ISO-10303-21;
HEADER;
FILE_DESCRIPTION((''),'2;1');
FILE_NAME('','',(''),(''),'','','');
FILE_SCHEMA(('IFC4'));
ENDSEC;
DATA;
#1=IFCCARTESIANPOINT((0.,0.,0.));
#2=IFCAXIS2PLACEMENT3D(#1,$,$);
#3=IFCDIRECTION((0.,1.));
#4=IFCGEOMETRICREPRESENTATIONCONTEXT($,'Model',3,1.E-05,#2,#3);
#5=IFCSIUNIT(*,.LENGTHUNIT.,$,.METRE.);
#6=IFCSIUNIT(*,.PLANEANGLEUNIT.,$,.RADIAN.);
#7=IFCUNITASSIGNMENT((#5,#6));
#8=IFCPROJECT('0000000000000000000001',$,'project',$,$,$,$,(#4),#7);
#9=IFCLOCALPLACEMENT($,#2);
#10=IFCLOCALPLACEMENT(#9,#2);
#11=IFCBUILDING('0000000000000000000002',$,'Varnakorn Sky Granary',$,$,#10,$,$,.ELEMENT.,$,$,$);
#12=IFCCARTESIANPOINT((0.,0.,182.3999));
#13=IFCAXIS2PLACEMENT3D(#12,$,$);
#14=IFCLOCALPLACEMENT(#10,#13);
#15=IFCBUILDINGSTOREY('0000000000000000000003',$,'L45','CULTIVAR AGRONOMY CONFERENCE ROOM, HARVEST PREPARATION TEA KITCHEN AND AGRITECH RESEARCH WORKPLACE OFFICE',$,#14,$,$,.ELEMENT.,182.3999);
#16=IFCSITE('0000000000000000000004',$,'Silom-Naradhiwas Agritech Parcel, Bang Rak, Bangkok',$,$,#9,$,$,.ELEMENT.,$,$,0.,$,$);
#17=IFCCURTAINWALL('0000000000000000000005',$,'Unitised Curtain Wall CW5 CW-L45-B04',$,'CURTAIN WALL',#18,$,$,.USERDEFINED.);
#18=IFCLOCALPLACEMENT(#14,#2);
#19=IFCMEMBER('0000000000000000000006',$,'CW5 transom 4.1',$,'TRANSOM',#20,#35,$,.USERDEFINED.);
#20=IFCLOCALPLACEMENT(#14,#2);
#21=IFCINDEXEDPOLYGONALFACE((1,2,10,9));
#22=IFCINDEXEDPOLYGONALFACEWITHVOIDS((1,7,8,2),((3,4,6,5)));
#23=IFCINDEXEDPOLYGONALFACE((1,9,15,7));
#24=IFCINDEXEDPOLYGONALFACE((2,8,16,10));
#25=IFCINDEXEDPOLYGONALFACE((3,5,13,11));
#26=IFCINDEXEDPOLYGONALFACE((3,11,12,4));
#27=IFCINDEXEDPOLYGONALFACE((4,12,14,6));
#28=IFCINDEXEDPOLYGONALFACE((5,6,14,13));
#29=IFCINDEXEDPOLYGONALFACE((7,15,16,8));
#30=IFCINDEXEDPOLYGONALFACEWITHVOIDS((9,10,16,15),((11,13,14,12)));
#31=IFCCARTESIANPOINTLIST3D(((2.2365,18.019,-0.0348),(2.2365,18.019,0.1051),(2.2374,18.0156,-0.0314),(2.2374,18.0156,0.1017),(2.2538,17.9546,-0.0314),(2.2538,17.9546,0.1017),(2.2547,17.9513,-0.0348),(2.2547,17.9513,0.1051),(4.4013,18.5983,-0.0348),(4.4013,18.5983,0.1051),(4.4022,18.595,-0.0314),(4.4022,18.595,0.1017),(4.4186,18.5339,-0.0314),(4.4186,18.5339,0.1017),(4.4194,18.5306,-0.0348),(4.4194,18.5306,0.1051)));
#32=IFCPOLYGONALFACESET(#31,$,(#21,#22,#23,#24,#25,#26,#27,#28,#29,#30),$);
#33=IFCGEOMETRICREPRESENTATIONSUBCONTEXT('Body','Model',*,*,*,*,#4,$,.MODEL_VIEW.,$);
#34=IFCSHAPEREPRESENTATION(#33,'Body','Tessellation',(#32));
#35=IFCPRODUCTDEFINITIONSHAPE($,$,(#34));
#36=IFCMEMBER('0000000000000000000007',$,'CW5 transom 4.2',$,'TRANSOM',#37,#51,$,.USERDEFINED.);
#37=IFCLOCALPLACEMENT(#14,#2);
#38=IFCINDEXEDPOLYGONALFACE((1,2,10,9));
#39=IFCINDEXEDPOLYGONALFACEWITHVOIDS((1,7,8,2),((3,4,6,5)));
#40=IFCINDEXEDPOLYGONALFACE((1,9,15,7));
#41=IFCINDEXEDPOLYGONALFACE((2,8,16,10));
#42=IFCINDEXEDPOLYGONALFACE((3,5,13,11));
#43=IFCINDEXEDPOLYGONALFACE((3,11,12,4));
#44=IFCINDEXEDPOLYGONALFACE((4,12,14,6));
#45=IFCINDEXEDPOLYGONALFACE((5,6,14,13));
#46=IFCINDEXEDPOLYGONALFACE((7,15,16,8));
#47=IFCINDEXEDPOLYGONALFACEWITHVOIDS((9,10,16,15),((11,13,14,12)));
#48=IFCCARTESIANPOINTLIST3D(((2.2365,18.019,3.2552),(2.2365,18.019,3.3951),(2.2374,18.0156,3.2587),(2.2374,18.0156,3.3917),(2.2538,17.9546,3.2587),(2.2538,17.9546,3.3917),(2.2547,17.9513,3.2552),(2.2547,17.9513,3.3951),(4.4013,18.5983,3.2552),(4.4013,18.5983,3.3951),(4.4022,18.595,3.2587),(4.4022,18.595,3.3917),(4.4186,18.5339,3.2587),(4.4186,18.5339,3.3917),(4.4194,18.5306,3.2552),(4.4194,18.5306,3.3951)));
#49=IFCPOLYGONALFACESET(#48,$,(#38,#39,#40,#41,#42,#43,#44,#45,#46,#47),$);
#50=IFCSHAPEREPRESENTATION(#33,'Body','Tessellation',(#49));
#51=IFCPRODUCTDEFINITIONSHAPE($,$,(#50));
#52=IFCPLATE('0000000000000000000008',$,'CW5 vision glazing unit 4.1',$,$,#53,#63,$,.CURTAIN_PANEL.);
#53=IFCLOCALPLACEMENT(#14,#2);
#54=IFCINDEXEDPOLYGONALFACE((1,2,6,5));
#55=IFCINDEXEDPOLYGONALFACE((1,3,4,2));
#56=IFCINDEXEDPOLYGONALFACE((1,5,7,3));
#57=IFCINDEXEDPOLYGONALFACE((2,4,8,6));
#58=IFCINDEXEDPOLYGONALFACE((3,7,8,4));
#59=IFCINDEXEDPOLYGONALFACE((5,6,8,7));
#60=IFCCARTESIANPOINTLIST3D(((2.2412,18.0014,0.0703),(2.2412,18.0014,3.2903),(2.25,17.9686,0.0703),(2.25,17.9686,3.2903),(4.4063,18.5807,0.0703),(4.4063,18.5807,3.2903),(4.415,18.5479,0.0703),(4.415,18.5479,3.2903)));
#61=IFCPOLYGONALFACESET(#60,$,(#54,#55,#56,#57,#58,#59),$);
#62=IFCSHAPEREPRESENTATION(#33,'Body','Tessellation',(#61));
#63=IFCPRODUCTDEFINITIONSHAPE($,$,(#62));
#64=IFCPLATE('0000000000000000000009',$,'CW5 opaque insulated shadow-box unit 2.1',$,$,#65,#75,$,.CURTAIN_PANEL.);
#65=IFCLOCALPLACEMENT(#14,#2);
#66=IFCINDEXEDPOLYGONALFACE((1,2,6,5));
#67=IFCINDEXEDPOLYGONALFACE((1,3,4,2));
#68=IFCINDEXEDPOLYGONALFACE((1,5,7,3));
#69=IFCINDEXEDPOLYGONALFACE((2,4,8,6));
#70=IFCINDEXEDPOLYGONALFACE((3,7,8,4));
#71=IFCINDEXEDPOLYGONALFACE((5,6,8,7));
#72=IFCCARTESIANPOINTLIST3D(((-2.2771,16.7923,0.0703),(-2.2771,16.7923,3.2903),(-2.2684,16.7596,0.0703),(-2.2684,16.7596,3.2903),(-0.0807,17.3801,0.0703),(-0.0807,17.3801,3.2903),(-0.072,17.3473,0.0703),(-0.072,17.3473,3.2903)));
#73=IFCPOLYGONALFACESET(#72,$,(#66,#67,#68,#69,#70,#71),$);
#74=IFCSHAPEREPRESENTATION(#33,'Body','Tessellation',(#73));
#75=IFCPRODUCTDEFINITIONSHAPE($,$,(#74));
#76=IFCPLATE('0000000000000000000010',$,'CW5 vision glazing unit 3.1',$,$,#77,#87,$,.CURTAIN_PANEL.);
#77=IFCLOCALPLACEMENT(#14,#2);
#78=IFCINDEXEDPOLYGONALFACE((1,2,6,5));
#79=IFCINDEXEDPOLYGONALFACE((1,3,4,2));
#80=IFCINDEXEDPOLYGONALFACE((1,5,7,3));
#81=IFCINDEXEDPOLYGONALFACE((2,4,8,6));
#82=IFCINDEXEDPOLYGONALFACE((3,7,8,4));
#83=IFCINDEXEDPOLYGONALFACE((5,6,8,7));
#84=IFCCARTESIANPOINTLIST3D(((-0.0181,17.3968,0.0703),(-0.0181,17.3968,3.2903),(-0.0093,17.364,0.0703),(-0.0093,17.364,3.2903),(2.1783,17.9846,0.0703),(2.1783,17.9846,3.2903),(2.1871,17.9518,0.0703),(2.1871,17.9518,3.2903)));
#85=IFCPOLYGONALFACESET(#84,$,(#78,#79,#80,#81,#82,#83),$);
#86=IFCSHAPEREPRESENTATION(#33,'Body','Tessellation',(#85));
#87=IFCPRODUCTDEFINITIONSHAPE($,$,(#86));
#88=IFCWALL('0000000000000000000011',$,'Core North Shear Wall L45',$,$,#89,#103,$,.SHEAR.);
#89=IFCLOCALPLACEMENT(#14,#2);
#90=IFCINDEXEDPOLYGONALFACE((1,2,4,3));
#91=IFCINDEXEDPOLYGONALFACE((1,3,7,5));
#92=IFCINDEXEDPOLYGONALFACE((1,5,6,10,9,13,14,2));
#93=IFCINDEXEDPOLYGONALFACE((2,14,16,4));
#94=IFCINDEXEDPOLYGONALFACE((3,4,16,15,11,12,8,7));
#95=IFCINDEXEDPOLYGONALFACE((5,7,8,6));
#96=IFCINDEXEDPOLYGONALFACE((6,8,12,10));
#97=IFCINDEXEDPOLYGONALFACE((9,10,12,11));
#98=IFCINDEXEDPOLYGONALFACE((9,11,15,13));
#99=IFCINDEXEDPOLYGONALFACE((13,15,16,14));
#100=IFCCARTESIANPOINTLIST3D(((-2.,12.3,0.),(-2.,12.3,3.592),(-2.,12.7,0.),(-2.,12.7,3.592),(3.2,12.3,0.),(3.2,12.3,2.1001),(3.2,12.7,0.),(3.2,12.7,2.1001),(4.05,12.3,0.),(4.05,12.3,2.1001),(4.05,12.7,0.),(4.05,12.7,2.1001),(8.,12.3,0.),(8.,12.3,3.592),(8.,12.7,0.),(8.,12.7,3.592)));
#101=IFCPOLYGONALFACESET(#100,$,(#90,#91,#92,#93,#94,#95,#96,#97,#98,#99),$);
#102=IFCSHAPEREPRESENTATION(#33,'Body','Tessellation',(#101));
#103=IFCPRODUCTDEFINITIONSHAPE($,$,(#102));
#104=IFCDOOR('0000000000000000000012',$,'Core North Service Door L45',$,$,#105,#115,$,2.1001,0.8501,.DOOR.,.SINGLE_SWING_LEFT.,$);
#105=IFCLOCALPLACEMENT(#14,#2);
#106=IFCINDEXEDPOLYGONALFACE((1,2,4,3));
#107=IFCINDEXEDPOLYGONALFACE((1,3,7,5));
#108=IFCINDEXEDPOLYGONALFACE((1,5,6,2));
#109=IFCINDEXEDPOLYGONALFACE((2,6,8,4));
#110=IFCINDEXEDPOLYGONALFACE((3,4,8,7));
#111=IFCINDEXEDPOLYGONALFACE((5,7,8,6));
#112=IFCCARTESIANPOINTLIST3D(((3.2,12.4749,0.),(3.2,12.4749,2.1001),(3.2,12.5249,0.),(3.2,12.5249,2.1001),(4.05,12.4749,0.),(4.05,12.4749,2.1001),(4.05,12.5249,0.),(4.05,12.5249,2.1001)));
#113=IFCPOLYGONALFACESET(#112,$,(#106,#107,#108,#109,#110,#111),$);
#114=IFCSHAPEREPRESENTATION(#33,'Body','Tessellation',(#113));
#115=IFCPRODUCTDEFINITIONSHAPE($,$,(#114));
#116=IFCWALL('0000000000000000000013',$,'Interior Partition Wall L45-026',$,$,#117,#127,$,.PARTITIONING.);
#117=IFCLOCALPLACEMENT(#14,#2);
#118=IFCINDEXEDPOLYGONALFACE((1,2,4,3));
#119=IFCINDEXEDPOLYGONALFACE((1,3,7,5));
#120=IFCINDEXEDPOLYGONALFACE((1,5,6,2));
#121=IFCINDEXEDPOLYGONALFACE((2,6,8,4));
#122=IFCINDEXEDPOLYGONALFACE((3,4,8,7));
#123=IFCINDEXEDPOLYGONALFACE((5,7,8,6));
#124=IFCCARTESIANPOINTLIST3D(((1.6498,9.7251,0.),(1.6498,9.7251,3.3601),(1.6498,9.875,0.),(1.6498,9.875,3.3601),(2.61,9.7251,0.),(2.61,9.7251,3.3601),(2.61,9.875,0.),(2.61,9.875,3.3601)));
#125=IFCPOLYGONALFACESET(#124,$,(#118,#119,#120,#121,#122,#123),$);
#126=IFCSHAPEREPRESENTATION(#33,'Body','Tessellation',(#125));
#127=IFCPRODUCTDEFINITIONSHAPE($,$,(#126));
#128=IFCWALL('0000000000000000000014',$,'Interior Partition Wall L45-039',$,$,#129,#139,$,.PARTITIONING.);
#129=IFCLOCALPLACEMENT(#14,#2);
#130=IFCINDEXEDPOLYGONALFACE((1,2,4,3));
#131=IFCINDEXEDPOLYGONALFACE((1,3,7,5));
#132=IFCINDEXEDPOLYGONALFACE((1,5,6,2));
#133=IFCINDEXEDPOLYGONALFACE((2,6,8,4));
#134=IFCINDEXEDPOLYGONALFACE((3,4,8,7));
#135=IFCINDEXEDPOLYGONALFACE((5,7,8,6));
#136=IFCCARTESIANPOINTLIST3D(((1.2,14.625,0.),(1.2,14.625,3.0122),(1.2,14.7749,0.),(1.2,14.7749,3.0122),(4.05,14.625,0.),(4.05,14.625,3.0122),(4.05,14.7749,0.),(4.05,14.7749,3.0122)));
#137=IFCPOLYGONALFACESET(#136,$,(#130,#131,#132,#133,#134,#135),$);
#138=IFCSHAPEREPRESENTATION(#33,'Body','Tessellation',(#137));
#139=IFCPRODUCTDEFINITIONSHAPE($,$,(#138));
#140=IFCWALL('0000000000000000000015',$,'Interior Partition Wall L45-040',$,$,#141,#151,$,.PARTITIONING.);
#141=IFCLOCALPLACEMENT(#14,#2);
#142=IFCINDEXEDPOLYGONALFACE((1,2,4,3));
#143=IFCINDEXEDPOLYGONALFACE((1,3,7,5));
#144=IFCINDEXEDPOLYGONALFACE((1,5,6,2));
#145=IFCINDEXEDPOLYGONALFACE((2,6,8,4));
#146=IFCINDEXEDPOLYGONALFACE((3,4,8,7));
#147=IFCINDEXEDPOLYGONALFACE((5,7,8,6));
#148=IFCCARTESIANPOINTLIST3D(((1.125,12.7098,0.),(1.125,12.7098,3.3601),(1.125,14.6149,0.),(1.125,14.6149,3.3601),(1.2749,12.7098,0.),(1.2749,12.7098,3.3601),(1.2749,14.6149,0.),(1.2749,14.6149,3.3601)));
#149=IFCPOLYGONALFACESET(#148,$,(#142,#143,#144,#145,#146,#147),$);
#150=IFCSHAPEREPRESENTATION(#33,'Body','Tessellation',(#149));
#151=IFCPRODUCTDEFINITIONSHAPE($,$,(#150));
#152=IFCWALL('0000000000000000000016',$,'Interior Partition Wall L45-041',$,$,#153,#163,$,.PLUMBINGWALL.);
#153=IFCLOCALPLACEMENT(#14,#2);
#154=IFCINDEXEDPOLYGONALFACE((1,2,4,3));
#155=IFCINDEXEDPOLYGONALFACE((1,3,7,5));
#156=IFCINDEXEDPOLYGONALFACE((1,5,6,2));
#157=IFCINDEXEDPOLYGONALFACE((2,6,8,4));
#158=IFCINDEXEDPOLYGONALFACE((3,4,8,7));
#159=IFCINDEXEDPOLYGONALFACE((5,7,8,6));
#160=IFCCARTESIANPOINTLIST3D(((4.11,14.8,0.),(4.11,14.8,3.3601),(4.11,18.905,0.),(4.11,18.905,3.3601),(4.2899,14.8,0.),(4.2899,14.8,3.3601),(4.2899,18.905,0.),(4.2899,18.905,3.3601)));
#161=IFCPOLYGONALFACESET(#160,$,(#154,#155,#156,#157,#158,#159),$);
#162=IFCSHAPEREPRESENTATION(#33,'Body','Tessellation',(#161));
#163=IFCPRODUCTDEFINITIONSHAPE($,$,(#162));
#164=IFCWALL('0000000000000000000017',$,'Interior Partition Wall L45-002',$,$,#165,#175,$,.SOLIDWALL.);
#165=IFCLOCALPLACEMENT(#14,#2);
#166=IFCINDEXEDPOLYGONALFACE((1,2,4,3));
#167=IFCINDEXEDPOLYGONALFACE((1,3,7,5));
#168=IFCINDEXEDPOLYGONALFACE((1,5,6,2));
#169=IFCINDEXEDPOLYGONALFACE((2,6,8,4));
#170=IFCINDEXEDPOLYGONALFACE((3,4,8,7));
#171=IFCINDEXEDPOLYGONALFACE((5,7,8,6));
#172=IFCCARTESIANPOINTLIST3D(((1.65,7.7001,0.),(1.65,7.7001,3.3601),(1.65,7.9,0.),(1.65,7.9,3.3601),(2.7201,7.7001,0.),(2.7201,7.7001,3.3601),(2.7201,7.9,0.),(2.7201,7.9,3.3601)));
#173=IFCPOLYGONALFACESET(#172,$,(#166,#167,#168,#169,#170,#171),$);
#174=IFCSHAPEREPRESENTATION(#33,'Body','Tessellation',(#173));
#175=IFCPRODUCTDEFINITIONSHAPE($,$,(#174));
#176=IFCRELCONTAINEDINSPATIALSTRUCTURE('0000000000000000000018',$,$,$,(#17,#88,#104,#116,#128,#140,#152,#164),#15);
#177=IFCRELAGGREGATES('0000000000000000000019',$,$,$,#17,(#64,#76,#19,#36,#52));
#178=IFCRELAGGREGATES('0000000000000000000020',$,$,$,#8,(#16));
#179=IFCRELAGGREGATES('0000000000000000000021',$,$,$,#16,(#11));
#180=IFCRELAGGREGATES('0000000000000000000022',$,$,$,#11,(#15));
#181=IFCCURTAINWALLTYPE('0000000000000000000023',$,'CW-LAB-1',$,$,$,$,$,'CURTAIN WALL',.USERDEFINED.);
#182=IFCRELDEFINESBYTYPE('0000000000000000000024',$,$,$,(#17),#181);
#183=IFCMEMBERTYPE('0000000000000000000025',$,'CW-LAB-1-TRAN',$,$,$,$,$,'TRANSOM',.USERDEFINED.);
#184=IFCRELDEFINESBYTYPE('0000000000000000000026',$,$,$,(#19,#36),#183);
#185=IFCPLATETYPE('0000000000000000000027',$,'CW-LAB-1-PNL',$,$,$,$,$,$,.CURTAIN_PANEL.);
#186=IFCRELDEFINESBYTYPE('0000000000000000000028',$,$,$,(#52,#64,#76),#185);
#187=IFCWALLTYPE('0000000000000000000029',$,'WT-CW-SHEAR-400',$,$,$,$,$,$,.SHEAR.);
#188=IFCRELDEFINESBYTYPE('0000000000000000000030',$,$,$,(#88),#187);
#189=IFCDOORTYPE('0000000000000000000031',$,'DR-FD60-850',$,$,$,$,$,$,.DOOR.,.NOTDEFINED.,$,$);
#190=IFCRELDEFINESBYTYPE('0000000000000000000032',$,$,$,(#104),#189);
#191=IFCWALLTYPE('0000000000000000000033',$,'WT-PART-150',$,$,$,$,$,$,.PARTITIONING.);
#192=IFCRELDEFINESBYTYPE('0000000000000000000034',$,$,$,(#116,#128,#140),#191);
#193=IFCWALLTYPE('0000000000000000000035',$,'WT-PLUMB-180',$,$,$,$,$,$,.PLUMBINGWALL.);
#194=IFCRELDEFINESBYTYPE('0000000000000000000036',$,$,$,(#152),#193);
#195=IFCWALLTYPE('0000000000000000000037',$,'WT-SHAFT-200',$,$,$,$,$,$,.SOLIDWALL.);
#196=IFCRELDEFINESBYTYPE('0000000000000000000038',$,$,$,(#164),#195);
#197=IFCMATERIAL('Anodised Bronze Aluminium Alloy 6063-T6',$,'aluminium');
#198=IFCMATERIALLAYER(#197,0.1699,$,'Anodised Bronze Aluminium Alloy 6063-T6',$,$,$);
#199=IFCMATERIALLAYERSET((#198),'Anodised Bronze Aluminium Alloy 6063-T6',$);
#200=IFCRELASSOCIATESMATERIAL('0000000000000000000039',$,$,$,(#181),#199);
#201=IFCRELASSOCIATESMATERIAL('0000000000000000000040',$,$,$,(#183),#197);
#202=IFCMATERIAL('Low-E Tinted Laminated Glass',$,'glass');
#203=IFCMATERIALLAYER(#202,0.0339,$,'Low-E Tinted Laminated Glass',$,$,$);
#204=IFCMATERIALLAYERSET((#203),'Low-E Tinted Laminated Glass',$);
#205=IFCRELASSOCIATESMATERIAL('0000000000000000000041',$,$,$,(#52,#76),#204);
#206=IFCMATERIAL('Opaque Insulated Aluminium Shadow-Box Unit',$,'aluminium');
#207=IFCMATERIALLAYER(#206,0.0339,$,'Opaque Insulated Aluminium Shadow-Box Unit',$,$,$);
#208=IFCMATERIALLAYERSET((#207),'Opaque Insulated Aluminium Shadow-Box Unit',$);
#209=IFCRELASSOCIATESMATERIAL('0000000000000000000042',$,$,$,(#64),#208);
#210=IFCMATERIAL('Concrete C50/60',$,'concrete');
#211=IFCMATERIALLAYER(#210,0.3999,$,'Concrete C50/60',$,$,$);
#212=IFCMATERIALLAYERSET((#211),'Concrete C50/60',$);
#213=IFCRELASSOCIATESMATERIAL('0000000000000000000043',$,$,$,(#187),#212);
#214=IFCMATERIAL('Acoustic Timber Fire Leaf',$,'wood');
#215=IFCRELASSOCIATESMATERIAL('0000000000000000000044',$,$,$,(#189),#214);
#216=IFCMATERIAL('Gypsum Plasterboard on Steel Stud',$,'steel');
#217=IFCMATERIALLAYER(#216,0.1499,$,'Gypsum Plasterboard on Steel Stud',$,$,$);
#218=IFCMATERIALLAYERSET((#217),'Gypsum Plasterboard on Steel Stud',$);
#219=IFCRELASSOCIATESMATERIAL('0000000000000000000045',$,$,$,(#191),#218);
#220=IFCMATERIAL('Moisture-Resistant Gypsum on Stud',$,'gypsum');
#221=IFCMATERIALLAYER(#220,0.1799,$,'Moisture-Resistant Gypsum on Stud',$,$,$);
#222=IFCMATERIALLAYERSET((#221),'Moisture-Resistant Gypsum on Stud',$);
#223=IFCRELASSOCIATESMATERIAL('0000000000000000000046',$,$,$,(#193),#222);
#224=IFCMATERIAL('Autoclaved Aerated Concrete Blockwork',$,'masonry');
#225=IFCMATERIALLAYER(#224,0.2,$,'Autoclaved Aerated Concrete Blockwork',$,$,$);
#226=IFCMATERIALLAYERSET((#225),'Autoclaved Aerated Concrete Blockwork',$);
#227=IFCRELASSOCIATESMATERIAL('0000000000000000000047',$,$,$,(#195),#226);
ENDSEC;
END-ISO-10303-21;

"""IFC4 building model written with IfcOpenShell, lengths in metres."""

from ifc_helpers import new_model, si_unit, direction, frame, frame_2d, origin, origin_2d, place, context, subcontext, project, spatial, rectangle, hollow_rectangle, extrude, source, transform, mapped, material, layer, layer_set, material_profile, profile_set, type_object, type_shapes, element, fill, aggregate, save


model = new_model("IFC4")

# Units and contexts
model_context = context("Model", 3, precision=1e-05, world=origin(), true_north=direction((0.0, 1.0)))
body_context = subcontext(model_context, "Body", "Model", "MODEL_VIEW")
ifc_project = project(units=[si_unit("LENGTHUNIT", "METRE"), si_unit("PLANEANGLEUNIT", "RADIAN")], contexts=[model_context])

# Site, building, storey
site_placement = place(None, origin())
site = spatial("IfcSite", under=ifc_project, at=site_placement, Name="Silom-Naradhiwas Agritech Parcel, Bang Rak, Bangkok", CompositionType="ELEMENT", RefElevation=0.0)
building_placement = place(site_placement, origin())
building = spatial("IfcBuilding", under=site, at=building_placement, Name="Varnakorn Sky Granary", CompositionType="ELEMENT")
storey_placement = place(building_placement, frame((0.0, 0.0, 182.3999)))
storey = spatial("IfcBuildingStorey", under=building, at=storey_placement, Name="L45", Description="CULTIVAR AGRONOMY CONFERENCE ROOM, HARVEST PREPARATION TEA KITCHEN AND AGRITECH RESEARCH WORKPLACE OFFICE", CompositionType="ELEMENT", Elevation=182.3999)

# Curtain wall, members, plates
ifc_material_1 = material(Name="Anodised Bronze Aluminium Alloy 6063-T6", Category="aluminium")
ifc_layer_1 = layer(ifc_material_1, 0.1699, Name="Anodised Bronze Aluminium Alloy 6063-T6")
ifc_layer_set_1 = layer_set([ifc_layer_1], Name="Anodised Bronze Aluminium Alloy 6063-T6")
curtain_wall_type = type_object("IfcCurtainWallType", Name="CW-LAB-1", ElementType="CURTAIN WALL", PredefinedType="USERDEFINED", material=ifc_layer_set_1)
curtain_wall_placement = place(storey_placement, origin())
curtain_wall = element("IfcCurtainWall", 1, at=curtain_wall_placement, inside=storey, type_object=curtain_wall_type, Name="Unitised Curtain Wall CW5 CW-L45-B04", ObjectType="CURTAIN WALL", PredefinedType="USERDEFINED")
ifc_material_profile_1 = material_profile(ifc_material_1, hollow_rectangle(XDim=0.0701, YDim=0.1399, WallThickness=0.0034, at=origin_2d()), Name="ALU TRAN 70x140")
ifc_profile_set_1 = profile_set([ifc_material_profile_1], Name="Anodised Bronze Aluminium Alloy 6063-T6")
member_type_1 = type_object("IfcMemberType", Name="CW-LAB-1-TRAN", ElementType="TRANSOM", PredefinedType="USERDEFINED", material=ifc_profile_set_1)
member_1_placement = place(storey_placement, frame((2.2456, 17.9851, 0.0352), z_axis=(0.966005, 0.258524, 0.0), x_axis=(-0.258524, 0.966005, 0.0)))
member_1 = element("IfcMember", 2, at=member_1_placement, type_object=member_type_1, Name="CW5 transom 4.1", ObjectType="TRANSOM", PredefinedType="USERDEFINED", context=body_context, shape_type="SweptSolid", body=[
    extrude(hollow_rectangle(XDim=0.0701, YDim=0.1399, WallThickness=0.0034, at=origin_2d()), origin(), (0.0, 0.0, 1.0), 2.241),
])
member_2_placement = place(storey_placement, frame((2.2456, 17.9851, 3.3252), z_axis=(0.966005, 0.258524, 0.0), x_axis=(-0.258524, 0.966005, 0.0)))
member_2 = element("IfcMember", 3, at=member_2_placement, type_object=member_type_1, Name="CW5 transom 4.2", ObjectType="TRANSOM", PredefinedType="USERDEFINED", context=body_context, shape_type="SweptSolid", body=[
    extrude(hollow_rectangle(XDim=0.0701, YDim=0.1399, WallThickness=0.0034, at=origin_2d()), origin(), (0.0, 0.0, 1.0), 2.241),
])
ifc_material_2 = material(Name="Low-E Tinted Laminated Glass", Category="glass")
ifc_layer_2 = layer(ifc_material_2, 0.0339, Name="Low-E Tinted Laminated Glass")
ifc_layer_set_2 = layer_set([ifc_layer_2], Name="Low-E Tinted Laminated Glass")
plate_type = type_object("IfcPlateType", Name="CW-LAB-1-PNL", PredefinedType="CURTAIN_PANEL")
shared_shape_1 = source(origin(), body_context, "Body", "SweptSolid", [
    extrude(rectangle(XDim=2.2412, YDim=0.0339, at=origin_2d()), origin(), (0.0, 0.0, 1.0), 3.22),
])
plate_1_placement = place(storey_placement, frame((3.3281, 18.2747, 0.0703), z_axis=(0.0, 0.0, 1.0), x_axis=(0.96601, 0.258505, 0.0)))
plate_1 = element("IfcPlate", 4, at=plate_1_placement, type_object=plate_type, material=ifc_layer_set_2, Name="CW5 vision glazing unit 4.1", PredefinedType="CURTAIN_PANEL", context=body_context, shape_type="MappedRepresentation", body=[
    mapped(shared_shape_1, transform((0.0, 0.0, 0.0), x_axis=(1.0, 0.0, 0.0), y_axis=(0.0, 1.0, 0.0), z_axis=(0.0, 0.0, 1.0), scale=1.0)),
])
ifc_material_3 = material(Name="Opaque Insulated Aluminium Shadow-Box Unit", Category="aluminium")
ifc_layer_3 = layer(ifc_material_3, 0.0339, Name="Opaque Insulated Aluminium Shadow-Box Unit")
ifc_layer_set_3 = layer_set([ifc_layer_3], Name="Opaque Insulated Aluminium Shadow-Box Unit")
shared_shape_2 = source(origin(), body_context, "Body", "SweptSolid", [
    extrude(rectangle(XDim=2.2737, YDim=0.0339, at=origin_2d()), origin(), (0.0, 0.0, 1.0), 3.22),
])
type_shapes(plate_type, [shared_shape_1, shared_shape_2])
plate_2_placement = place(storey_placement, frame((-1.1746, 17.0698, 0.0703), z_axis=(0.0, 0.0, 1.0), x_axis=(0.96601, 0.258505, 0.0)))
plate_2 = element("IfcPlate", 5, at=plate_2_placement, type_object=plate_type, material=ifc_layer_set_3, Name="CW5 opaque insulated shadow-box unit 2.1", PredefinedType="CURTAIN_PANEL", context=body_context, shape_type="MappedRepresentation", body=[
    mapped(shared_shape_2, transform((0.0, 0.0, 0.0), x_axis=(1.0, 0.0, 0.0), y_axis=(0.0, 1.0, 0.0), z_axis=(0.0, 0.0, 1.0), scale=1.0)),
])
plate_3_placement = place(storey_placement, frame((1.0845, 17.6743, 0.0703), z_axis=(0.0, 0.0, 1.0), x_axis=(0.96601, 0.258505, 0.0)))
plate_3 = element("IfcPlate", 6, at=plate_3_placement, type_object=plate_type, material=ifc_layer_set_2, Name="CW5 vision glazing unit 3.1", PredefinedType="CURTAIN_PANEL", context=body_context, shape_type="MappedRepresentation", body=[
    mapped(shared_shape_2, transform((0.0, 0.0, 0.0), x_axis=(1.0, 0.0, 0.0), y_axis=(0.0, 1.0, 0.0), z_axis=(0.0, 0.0, 1.0), scale=1.0)),
])
aggregate(curtain_wall, [plate_2, plate_3, member_1, member_2, plate_1])

# Wall, opening, door
ifc_material_4 = material(Name="Concrete C50/60", Category="concrete")
ifc_layer_4 = layer(ifc_material_4, 0.3999, Name="Concrete C50/60")
ifc_layer_set_4 = layer_set([ifc_layer_4], Name="Concrete C50/60")
wall_type_1 = type_object("IfcWallType", Name="WT-CW-SHEAR-400", PredefinedType="SHEAR", material=ifc_layer_set_4)
wall_1_placement = place(storey_placement, frame((-2.0, 12.5, 0.0), z_axis=(0.0, 0.0, 1.0), x_axis=(1.0, 0.0, 0.0)))
wall_1 = element("IfcWall", 7, at=wall_1_placement, inside=storey, type_object=wall_type_1, Name="Core North Shear Wall L45", PredefinedType="SHEAR", context=body_context, shape_type="SweptSolid", body=[
    extrude(rectangle(XDim=10.0, YDim=0.3999, at=frame_2d((5.0, 0.0))), origin(), (0.0, 0.0, 1.0), 3.592),
])
opening_placement = place(wall_1_placement, frame((5.2, 0.0, 0.0)))
opening = element("IfcOpeningElement", 8, at=opening_placement, cuts=wall_1, PredefinedType="OPENING", context=body_context, shape_type="SweptSolid", body=[
    extrude(rectangle(XDim=0.8501, YDim=2.1001, at=frame_2d((0.425, 1.05))), frame((0.0, 0.21, 0.0), z_axis=(0.0, -1.0, 0.0), x_axis=(1.0, 0.0, 0.0)), (0.0, 0.0, 1.0), 0.4199),
])
ifc_material_5 = material(Name="Acoustic Timber Fire Leaf", Category="wood")
door_type = type_object("IfcDoorType", Name="DR-FD60-850", OperationType="NOTDEFINED", PredefinedType="DOOR", material=ifc_material_5)
door_placement = place(opening_placement, origin())
door = element("IfcDoor", 9, at=door_placement, inside=storey, type_object=door_type, Name="Core North Service Door L45", OperationType="SINGLE_SWING_LEFT", OverallHeight=2.1001, OverallWidth=0.8501, PredefinedType="DOOR", context=body_context, shape_type="SweptSolid", body=[
    extrude(rectangle(XDim=0.8501, YDim=2.1001, at=frame_2d((0.425, 1.05))), frame((0.0, 0.0249, 0.0), z_axis=(0.0, -1.0, 0.0), x_axis=(1.0, 0.0, 0.0)), (0.0, 0.0, 1.0), 0.05),
])
fill(opening, door)

# Walls
ifc_material_6 = material(Name="Gypsum Plasterboard on Steel Stud", Category="steel")
ifc_layer_5 = layer(ifc_material_6, 0.1499, Name="Gypsum Plasterboard on Steel Stud")
ifc_layer_set_5 = layer_set([ifc_layer_5], Name="Gypsum Plasterboard on Steel Stud")
wall_type_2 = type_object("IfcWallType", Name="WT-PART-150", PredefinedType="PARTITIONING", material=ifc_layer_set_5)
wall_2_placement = place(storey_placement, frame((1.6499, 9.8, 0.0), z_axis=(0.0, 0.0, 1.0), x_axis=(1.0, 0.0, 0.0)))
element("IfcWall", 10, at=wall_2_placement, inside=storey, type_object=wall_type_2, Name="Interior Partition Wall L45-026", PredefinedType="PARTITIONING", context=body_context, shape_type="SweptSolid", body=[
    extrude(rectangle(XDim=0.9602, YDim=0.1499, at=frame_2d((0.48, 0.0))), origin(), (0.0, 0.0, 1.0), 3.3601),
])
wall_3_placement = place(storey_placement, frame((4.05, 14.7, 0.0), z_axis=(0.0, 0.0, 1.0), x_axis=(-1.0, 0.0, 0.0)))
element("IfcWall", 11, at=wall_3_placement, inside=storey, type_object=wall_type_2, Name="Interior Partition Wall L45-039", PredefinedType="PARTITIONING", context=body_context, shape_type="SweptSolid", body=[
    extrude(rectangle(XDim=2.8501, YDim=0.1499, at=frame_2d((1.425, 0.0))), origin(), (0.0, 0.0, 1.0), 3.0122),
])
wall_4_placement = place(storey_placement, frame((1.2, 14.615, 0.0), z_axis=(0.0, 0.0, 1.0), x_axis=(0.0, -1.0, 0.0)))
element("IfcWall", 12, at=wall_4_placement, inside=storey, type_object=wall_type_2, Name="Interior Partition Wall L45-040", PredefinedType="PARTITIONING", context=body_context, shape_type="SweptSolid", body=[
    extrude(rectangle(XDim=1.905, YDim=0.1499, at=frame_2d((0.9526, 0.0))), origin(), (0.0, 0.0, 1.0), 3.3601),
])
ifc_material_7 = material(Name="Moisture-Resistant Gypsum on Stud", Category="gypsum")
ifc_layer_6 = layer(ifc_material_7, 0.1799, Name="Moisture-Resistant Gypsum on Stud")
ifc_layer_set_6 = layer_set([ifc_layer_6], Name="Moisture-Resistant Gypsum on Stud")
wall_type_3 = type_object("IfcWallType", Name="WT-PLUMB-180", PredefinedType="PLUMBINGWALL", material=ifc_layer_set_6)
wall_5_placement = place(storey_placement, frame((4.2, 18.905, 0.0), z_axis=(0.0, 0.0, 1.0), x_axis=(0.0, -1.0, 0.0)))
element("IfcWall", 13, at=wall_5_placement, inside=storey, type_object=wall_type_3, Name="Interior Partition Wall L45-041", PredefinedType="PLUMBINGWALL", context=body_context, shape_type="SweptSolid", body=[
    extrude(rectangle(XDim=4.105, YDim=0.1799, at=frame_2d((2.0525, 0.0))), origin(), (0.0, 0.0, 1.0), 3.3601),
])
ifc_material_8 = material(Name="Autoclaved Aerated Concrete Blockwork", Category="masonry")
ifc_layer_7 = layer(ifc_material_8, 0.2, Name="Autoclaved Aerated Concrete Blockwork")
ifc_layer_set_7 = layer_set([ifc_layer_7], Name="Autoclaved Aerated Concrete Blockwork")
wall_type_4 = type_object("IfcWallType", Name="WT-SHAFT-200", PredefinedType="SOLIDWALL", material=ifc_layer_set_7)
wall_6_placement = place(storey_placement, frame((1.6499, 7.8, 0.0), z_axis=(0.0, 0.0, 1.0), x_axis=(1.0, 0.0, 0.0)))
element("IfcWall", 14, at=wall_6_placement, inside=storey, type_object=wall_type_4, Name="Interior Partition Wall L45-002", PredefinedType="SOLIDWALL", context=body_context, shape_type="SweptSolid", body=[
    extrude(rectangle(XDim=1.0701, YDim=0.2, at=frame_2d((0.5352, 0.0))), origin(), (0.0, 0.0, 1.0), 3.3601),
])

save(model, "model.ifc")
